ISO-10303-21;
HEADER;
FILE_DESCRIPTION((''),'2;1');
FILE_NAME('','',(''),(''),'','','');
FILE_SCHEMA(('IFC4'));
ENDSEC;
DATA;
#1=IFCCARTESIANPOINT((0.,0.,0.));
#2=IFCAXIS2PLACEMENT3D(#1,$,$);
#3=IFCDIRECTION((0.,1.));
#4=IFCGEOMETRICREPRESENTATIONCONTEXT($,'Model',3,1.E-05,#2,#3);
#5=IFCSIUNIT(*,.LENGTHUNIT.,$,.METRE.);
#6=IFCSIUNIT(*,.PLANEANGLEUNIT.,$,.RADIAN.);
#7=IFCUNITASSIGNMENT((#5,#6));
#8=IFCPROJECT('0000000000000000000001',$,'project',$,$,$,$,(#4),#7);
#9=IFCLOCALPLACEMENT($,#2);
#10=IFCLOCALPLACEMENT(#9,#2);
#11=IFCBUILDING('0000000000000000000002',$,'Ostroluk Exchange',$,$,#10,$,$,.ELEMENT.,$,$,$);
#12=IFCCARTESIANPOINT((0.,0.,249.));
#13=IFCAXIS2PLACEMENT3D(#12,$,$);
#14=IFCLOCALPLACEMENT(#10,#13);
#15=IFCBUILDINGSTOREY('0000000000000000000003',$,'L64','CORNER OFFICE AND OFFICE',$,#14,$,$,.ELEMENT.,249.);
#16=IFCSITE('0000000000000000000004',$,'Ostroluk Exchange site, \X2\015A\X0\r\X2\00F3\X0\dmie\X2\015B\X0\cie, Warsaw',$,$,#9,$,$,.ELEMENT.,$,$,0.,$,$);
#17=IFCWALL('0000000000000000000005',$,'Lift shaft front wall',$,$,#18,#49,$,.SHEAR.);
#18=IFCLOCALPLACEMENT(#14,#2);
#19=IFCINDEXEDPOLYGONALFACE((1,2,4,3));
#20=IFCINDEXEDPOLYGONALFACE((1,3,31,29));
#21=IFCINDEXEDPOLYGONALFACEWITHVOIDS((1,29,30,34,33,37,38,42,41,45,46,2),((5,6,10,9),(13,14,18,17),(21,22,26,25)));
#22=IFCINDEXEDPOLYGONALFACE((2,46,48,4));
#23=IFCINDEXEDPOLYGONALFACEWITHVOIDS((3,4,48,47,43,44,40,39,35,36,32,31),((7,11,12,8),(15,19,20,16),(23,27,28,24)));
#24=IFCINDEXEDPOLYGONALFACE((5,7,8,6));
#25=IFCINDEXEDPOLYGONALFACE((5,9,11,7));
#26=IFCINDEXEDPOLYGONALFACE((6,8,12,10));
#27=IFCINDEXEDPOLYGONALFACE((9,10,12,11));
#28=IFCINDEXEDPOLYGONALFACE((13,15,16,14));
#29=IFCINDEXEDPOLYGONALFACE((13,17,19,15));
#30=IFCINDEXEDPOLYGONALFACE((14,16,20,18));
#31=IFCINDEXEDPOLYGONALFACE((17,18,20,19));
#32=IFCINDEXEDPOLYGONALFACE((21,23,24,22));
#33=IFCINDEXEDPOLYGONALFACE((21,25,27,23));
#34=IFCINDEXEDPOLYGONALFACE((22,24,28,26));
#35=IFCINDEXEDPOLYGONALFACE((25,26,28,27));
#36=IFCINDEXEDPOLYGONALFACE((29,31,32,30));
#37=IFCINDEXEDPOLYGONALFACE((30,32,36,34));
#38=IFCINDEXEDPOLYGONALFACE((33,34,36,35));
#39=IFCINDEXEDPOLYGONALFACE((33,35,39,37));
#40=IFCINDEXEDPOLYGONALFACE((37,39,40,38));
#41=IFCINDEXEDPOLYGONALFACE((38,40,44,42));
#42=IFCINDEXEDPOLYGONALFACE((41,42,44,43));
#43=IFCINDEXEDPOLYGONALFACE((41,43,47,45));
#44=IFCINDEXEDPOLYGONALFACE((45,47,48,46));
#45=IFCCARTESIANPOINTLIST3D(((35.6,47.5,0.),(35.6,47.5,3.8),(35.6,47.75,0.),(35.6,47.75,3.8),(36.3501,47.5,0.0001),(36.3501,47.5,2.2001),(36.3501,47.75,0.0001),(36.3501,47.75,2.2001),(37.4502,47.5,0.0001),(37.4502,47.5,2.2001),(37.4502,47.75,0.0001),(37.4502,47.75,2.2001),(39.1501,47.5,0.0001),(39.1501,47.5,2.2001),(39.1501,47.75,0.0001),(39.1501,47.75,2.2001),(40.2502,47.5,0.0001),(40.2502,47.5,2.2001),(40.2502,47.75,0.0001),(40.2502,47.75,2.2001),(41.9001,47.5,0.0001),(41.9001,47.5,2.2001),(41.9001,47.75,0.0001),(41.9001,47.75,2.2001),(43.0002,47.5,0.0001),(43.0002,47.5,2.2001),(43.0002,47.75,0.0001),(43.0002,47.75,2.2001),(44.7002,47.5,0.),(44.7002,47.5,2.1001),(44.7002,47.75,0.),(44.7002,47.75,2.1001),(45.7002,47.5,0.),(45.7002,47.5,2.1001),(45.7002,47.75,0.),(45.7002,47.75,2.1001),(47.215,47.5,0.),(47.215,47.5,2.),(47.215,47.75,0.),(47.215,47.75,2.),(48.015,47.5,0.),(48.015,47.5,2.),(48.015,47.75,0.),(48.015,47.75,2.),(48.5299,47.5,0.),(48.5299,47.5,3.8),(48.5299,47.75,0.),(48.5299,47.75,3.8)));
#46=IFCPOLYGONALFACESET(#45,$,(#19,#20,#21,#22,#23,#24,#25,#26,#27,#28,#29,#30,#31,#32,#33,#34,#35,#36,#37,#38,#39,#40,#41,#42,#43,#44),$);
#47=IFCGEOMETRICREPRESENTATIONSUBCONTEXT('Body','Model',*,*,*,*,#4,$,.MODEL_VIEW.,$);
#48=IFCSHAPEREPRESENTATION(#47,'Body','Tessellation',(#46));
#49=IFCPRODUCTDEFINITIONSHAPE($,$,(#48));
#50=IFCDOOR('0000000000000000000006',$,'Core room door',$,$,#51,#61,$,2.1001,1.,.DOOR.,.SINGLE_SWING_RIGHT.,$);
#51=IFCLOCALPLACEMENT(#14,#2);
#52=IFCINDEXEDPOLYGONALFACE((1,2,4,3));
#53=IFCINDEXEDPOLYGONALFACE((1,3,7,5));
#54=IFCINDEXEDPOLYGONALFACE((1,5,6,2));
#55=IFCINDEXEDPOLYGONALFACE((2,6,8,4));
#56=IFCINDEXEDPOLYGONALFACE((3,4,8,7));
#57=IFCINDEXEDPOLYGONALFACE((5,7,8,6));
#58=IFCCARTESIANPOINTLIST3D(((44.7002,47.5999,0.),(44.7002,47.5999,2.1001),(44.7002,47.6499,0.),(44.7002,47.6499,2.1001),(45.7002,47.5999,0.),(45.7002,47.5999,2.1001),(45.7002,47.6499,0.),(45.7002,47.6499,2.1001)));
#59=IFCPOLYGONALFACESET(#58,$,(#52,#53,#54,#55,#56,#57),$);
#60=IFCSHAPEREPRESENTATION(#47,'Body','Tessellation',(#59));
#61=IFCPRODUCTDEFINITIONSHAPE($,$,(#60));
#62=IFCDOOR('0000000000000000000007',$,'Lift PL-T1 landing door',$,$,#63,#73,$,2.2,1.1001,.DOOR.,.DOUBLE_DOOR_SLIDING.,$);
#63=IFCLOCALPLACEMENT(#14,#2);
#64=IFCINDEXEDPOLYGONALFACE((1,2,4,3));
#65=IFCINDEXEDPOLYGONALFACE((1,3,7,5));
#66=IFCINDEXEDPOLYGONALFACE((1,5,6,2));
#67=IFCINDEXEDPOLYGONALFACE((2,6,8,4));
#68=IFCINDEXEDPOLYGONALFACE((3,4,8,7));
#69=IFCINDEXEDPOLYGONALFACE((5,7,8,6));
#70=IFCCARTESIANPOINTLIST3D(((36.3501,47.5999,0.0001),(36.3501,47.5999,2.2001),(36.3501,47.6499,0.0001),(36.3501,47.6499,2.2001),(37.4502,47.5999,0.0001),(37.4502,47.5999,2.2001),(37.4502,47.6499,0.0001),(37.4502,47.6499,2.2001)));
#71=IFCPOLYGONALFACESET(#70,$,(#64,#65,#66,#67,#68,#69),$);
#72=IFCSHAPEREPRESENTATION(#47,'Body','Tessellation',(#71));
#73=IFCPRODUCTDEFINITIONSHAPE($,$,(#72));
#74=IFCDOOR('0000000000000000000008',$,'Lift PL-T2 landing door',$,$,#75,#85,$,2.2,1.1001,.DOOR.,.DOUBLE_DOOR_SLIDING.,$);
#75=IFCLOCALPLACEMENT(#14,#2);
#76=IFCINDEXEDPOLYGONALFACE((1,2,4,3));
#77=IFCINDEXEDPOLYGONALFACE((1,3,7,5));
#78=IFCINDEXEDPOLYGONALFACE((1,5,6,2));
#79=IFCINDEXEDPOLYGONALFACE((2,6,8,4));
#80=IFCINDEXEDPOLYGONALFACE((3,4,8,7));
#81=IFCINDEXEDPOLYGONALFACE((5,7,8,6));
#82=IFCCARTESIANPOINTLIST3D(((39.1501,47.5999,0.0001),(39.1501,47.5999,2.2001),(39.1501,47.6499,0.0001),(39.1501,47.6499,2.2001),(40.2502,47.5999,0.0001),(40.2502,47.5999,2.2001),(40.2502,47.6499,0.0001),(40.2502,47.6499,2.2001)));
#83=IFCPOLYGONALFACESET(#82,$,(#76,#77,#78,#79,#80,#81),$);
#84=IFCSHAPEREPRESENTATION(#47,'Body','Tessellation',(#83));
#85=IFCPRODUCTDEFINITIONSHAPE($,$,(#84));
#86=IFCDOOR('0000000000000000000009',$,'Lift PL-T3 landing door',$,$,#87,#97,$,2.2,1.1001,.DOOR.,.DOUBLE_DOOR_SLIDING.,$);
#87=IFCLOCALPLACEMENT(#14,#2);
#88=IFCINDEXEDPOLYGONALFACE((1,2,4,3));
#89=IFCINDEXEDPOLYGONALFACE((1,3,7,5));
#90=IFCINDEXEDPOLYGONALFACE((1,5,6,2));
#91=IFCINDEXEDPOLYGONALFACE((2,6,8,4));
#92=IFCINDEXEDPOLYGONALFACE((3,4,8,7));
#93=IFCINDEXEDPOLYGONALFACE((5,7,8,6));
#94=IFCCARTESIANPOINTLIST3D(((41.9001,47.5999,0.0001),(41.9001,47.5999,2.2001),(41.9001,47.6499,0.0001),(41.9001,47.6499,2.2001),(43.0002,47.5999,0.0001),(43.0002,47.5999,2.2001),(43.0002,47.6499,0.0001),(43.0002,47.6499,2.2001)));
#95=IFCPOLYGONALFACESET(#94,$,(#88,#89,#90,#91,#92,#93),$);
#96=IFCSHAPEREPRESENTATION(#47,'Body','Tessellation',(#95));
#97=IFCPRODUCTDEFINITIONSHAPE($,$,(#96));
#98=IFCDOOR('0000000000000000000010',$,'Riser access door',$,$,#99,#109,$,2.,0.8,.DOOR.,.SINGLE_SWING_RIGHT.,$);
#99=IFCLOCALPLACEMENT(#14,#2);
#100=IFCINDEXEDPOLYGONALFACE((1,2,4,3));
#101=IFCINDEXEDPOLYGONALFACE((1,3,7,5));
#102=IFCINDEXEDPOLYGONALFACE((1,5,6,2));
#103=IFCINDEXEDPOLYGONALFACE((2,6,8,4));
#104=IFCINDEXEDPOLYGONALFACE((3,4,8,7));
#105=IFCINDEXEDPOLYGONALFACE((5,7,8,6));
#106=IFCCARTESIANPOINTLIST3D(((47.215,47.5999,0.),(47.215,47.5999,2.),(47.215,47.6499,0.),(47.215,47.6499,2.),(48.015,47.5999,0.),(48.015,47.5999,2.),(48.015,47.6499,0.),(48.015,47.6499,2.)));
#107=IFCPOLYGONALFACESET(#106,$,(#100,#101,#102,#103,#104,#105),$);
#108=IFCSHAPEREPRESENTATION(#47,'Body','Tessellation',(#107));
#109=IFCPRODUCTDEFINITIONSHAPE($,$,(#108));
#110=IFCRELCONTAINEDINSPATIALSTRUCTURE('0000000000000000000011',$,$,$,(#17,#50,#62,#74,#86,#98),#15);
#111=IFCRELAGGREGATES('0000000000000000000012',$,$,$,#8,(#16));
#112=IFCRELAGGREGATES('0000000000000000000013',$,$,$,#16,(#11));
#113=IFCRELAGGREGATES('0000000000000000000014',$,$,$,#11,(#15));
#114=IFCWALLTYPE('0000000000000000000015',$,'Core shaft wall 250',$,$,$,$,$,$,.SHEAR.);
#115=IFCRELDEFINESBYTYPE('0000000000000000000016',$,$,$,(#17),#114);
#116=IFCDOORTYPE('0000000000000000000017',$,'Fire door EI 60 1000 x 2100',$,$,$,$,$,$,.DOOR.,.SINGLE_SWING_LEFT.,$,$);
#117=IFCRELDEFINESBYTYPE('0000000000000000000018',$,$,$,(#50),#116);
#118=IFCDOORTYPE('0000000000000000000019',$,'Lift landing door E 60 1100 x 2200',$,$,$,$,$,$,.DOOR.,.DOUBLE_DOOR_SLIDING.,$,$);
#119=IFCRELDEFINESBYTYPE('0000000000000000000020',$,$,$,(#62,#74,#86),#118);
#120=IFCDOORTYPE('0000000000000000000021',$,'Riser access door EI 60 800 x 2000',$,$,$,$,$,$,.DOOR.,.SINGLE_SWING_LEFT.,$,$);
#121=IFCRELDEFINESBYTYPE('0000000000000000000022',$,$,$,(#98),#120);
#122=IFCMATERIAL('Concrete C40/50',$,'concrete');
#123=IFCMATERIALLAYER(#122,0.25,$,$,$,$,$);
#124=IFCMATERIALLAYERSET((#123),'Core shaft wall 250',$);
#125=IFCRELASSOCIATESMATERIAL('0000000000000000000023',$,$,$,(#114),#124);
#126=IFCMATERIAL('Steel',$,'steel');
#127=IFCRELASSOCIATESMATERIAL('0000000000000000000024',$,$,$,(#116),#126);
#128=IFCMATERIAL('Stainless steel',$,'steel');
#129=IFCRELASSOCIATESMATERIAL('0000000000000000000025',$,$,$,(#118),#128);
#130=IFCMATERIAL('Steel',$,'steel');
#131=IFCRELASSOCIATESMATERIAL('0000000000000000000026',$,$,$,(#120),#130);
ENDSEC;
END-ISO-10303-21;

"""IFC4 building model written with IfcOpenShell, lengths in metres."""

from ifc_helpers import new_model, si_unit, direction, frame, frame_2d, origin, place, context, subcontext, project, spatial, rectangle, extrude, material, layer, layer_set, type_object, element, fill, save


model = new_model("IFC4")

# Units and contexts
model_context = context("Model", 3, precision=1e-05, world=origin(), true_north=direction((0.0, 1.0)))
body_context = subcontext(model_context, "Body", "Model", "MODEL_VIEW")
ifc_project = project(units=[si_unit("LENGTHUNIT", "METRE"), si_unit("PLANEANGLEUNIT", "RADIAN")], contexts=[model_context])

# Site, building, storey
site_placement = place(None, origin())
site = spatial("IfcSite", under=ifc_project, at=site_placement, Name="Ostroluk Exchange site, Śródmieście, Warsaw", CompositionType="ELEMENT", RefElevation=0.0)
building_placement = place(site_placement, origin())
building = spatial("IfcBuilding", under=site, at=building_placement, Name="Ostroluk Exchange", CompositionType="ELEMENT")
storey_placement = place(building_placement, frame((0.0, 0.0, 249.0)))
storey = spatial("IfcBuildingStorey", under=building, at=storey_placement, Name="L64", Description="CORNER OFFICE AND OFFICE", CompositionType="ELEMENT", Elevation=249.0)

# Shared definitions
ifc_material_1 = material(Name="Concrete C40/50", Category="concrete")
ifc_layer_1 = layer(ifc_material_1, 0.25)
ifc_layer_set_1 = layer_set([ifc_layer_1], Name="Core shaft wall 250")
wall_type_1 = type_object("IfcWallType", Name="Core shaft wall 250", PredefinedType="SHEAR", material=ifc_layer_set_1)

# Wall, openings, doors
wall_1_placement = place(storey_placement, frame((35.6001, 47.625, 0.0), z_axis=(0.0, 0.0, 1.0), x_axis=(1.0, 0.0, 0.0)))
wall_1 = element("IfcWall", 1, at=wall_1_placement, inside=storey, type_object=wall_type_1, Name="Lift shaft front wall", PredefinedType="SHEAR", context=body_context, shape_type="SweptSolid", body=[
    extrude(rectangle(XDim=12.9299, YDim=0.25, at=frame_2d((6.4648, 0.0))), origin(), (0.0, 0.0, 1.0), 3.8),
])
opening_1_placement = place(wall_1_placement, frame((0.75, 0.0, 0.0)))
opening_1 = element("IfcOpeningElement", 2, at=opening_1_placement, cuts=wall_1, PredefinedType="OPENING", context=body_context, shape_type="SweptSolid", body=[
    extrude(rectangle(XDim=1.1001, YDim=2.2, at=frame_2d((0.55, 1.1001))), frame((0.0, 0.135, 0.0), z_axis=(0.0, -1.0, 0.0), x_axis=(1.0, 0.0, 0.0)), (0.0, 0.0, 1.0), 0.27),
])
opening_2_placement = place(wall_1_placement, frame((3.55, 0.0, 0.0)))
opening_2 = element("IfcOpeningElement", 3, at=opening_2_placement, cuts=wall_1, PredefinedType="OPENING", context=body_context, shape_type="SweptSolid", body=[
    extrude(rectangle(XDim=1.1001, YDim=2.2, at=frame_2d((0.55, 1.1001))), frame((0.0, 0.135, 0.0), z_axis=(0.0, -1.0, 0.0), x_axis=(1.0, 0.0, 0.0)), (0.0, 0.0, 1.0), 0.27),
])
opening_3_placement = place(wall_1_placement, frame((6.3, 0.0, 0.0)))
opening_3 = element("IfcOpeningElement", 4, at=opening_3_placement, cuts=wall_1, PredefinedType="OPENING", context=body_context, shape_type="SweptSolid", body=[
    extrude(rectangle(XDim=1.1001, YDim=2.2, at=frame_2d((0.55, 1.1001))), frame((0.0, 0.135, 0.0), z_axis=(0.0, -1.0, 0.0), x_axis=(1.0, 0.0, 0.0)), (0.0, 0.0, 1.0), 0.27),
])
opening_4_placement = place(wall_1_placement, frame((9.1001, 0.0, 0.0)))
opening_4 = element("IfcOpeningElement", 5, at=opening_4_placement, cuts=wall_1, PredefinedType="OPENING", context=body_context, shape_type="SweptSolid", body=[
    extrude(rectangle(XDim=1.0, YDim=2.1001, at=frame_2d((0.5, 1.05))), frame((0.0, 0.135, 0.0), z_axis=(0.0, -1.0, 0.0), x_axis=(1.0, 0.0, 0.0)), (0.0, 0.0, 1.0), 0.27),
])
opening_5_placement = place(wall_1_placement, frame((11.615, 0.0, 0.0)))
opening_5 = element("IfcOpeningElement", 6, at=opening_5_placement, cuts=wall_1, PredefinedType="OPENING", context=body_context, shape_type="SweptSolid", body=[
    extrude(rectangle(XDim=0.8, YDim=2.0, at=frame_2d((0.3999, 1.0))), frame((0.0, 0.135, 0.0), z_axis=(0.0, -1.0, 0.0), x_axis=(1.0, 0.0, 0.0)), (0.0, 0.0, 1.0), 0.27),
])
ifc_material_2 = material(Name="Steel", Category="steel")
door_type_1 = type_object("IfcDoorType", Name="Fire door EI 60 1000 x 2100", OperationType="SINGLE_SWING_LEFT", PredefinedType="DOOR", material=ifc_material_2)
door_1_placement = place(opening_4_placement, origin())
door_1 = element("IfcDoor", 7, at=door_1_placement, inside=storey, type_object=door_type_1, Name="Core room door", OperationType="SINGLE_SWING_RIGHT", OverallHeight=2.1001, OverallWidth=1.0, PredefinedType="DOOR", context=body_context, shape_type="SweptSolid", body=[
    extrude(rectangle(XDim=1.0, YDim=2.1001, at=frame_2d((0.5, 1.05))), frame((0.0, 0.0249, 0.0), z_axis=(0.0, -1.0, 0.0), x_axis=(1.0, 0.0, 0.0)), (0.0, 0.0, 1.0), 0.05),
])
fill(opening_4, door_1)
ifc_material_3 = material(Name="Stainless steel", Category="steel")
door_type_2 = type_object("IfcDoorType", Name="Lift landing door E 60 1100 x 2200", OperationType="DOUBLE_DOOR_SLIDING", PredefinedType="DOOR", material=ifc_material_3)
door_2_placement = place(opening_1_placement, origin())
door_2 = element("IfcDoor", 8, at=door_2_placement, inside=storey, type_object=door_type_2, Name="Lift PL-T1 landing door", OperationType="DOUBLE_DOOR_SLIDING", OverallHeight=2.2, OverallWidth=1.1001, PredefinedType="DOOR", context=body_context, shape_type="SweptSolid", body=[
    extrude(rectangle(XDim=1.1001, YDim=2.2, at=frame_2d((0.55, 1.1001))), frame((0.0, 0.0249, 0.0), z_axis=(0.0, -1.0, 0.0), x_axis=(1.0, 0.0, 0.0)), (0.0, 0.0, 1.0), 0.05),
])
fill(opening_1, door_2)
door_3_placement = place(opening_2_placement, origin())
door_3 = element("IfcDoor", 9, at=door_3_placement, inside=storey, type_object=door_type_2, Name="Lift PL-T2 landing door", OperationType="DOUBLE_DOOR_SLIDING", OverallHeight=2.2, OverallWidth=1.1001, PredefinedType="DOOR", context=body_context, shape_type="SweptSolid", body=[
    extrude(rectangle(XDim=1.1001, YDim=2.2, at=frame_2d((0.55, 1.1001))), frame((0.0, 0.0249, 0.0), z_axis=(0.0, -1.0, 0.0), x_axis=(1.0, 0.0, 0.0)), (0.0, 0.0, 1.0), 0.05),
])
fill(opening_2, door_3)
door_4_placement = place(opening_3_placement, origin())
door_4 = element("IfcDoor", 10, at=door_4_placement, inside=storey, type_object=door_type_2, Name="Lift PL-T3 landing door", OperationType="DOUBLE_DOOR_SLIDING", OverallHeight=2.2, OverallWidth=1.1001, PredefinedType="DOOR", context=body_context, shape_type="SweptSolid", body=[
    extrude(rectangle(XDim=1.1001, YDim=2.2, at=frame_2d((0.55, 1.1001))), frame((0.0, 0.0249, 0.0), z_axis=(0.0, -1.0, 0.0), x_axis=(1.0, 0.0, 0.0)), (0.0, 0.0, 1.0), 0.05),
])
fill(opening_3, door_4)
ifc_material_4 = material(Name="Steel", Category="steel")
door_type_3 = type_object("IfcDoorType", Name="Riser access door EI 60 800 x 2000", OperationType="SINGLE_SWING_LEFT", PredefinedType="DOOR", material=ifc_material_4)
door_5_placement = place(opening_5_placement, origin())
door_5 = element("IfcDoor", 11, at=door_5_placement, inside=storey, type_object=door_type_3, Name="Riser access door", OperationType="SINGLE_SWING_RIGHT", OverallHeight=2.0, OverallWidth=0.8, PredefinedType="DOOR", context=body_context, shape_type="SweptSolid", body=[
    extrude(rectangle(XDim=0.8, YDim=2.0, at=frame_2d((0.3999, 1.0))), frame((0.0, 0.0249, 0.0), z_axis=(0.0, -1.0, 0.0), x_axis=(1.0, 0.0, 0.0)), (0.0, 0.0, 1.0), 0.05),
])
fill(opening_5, door_5)

save(model, "model.ifc")
